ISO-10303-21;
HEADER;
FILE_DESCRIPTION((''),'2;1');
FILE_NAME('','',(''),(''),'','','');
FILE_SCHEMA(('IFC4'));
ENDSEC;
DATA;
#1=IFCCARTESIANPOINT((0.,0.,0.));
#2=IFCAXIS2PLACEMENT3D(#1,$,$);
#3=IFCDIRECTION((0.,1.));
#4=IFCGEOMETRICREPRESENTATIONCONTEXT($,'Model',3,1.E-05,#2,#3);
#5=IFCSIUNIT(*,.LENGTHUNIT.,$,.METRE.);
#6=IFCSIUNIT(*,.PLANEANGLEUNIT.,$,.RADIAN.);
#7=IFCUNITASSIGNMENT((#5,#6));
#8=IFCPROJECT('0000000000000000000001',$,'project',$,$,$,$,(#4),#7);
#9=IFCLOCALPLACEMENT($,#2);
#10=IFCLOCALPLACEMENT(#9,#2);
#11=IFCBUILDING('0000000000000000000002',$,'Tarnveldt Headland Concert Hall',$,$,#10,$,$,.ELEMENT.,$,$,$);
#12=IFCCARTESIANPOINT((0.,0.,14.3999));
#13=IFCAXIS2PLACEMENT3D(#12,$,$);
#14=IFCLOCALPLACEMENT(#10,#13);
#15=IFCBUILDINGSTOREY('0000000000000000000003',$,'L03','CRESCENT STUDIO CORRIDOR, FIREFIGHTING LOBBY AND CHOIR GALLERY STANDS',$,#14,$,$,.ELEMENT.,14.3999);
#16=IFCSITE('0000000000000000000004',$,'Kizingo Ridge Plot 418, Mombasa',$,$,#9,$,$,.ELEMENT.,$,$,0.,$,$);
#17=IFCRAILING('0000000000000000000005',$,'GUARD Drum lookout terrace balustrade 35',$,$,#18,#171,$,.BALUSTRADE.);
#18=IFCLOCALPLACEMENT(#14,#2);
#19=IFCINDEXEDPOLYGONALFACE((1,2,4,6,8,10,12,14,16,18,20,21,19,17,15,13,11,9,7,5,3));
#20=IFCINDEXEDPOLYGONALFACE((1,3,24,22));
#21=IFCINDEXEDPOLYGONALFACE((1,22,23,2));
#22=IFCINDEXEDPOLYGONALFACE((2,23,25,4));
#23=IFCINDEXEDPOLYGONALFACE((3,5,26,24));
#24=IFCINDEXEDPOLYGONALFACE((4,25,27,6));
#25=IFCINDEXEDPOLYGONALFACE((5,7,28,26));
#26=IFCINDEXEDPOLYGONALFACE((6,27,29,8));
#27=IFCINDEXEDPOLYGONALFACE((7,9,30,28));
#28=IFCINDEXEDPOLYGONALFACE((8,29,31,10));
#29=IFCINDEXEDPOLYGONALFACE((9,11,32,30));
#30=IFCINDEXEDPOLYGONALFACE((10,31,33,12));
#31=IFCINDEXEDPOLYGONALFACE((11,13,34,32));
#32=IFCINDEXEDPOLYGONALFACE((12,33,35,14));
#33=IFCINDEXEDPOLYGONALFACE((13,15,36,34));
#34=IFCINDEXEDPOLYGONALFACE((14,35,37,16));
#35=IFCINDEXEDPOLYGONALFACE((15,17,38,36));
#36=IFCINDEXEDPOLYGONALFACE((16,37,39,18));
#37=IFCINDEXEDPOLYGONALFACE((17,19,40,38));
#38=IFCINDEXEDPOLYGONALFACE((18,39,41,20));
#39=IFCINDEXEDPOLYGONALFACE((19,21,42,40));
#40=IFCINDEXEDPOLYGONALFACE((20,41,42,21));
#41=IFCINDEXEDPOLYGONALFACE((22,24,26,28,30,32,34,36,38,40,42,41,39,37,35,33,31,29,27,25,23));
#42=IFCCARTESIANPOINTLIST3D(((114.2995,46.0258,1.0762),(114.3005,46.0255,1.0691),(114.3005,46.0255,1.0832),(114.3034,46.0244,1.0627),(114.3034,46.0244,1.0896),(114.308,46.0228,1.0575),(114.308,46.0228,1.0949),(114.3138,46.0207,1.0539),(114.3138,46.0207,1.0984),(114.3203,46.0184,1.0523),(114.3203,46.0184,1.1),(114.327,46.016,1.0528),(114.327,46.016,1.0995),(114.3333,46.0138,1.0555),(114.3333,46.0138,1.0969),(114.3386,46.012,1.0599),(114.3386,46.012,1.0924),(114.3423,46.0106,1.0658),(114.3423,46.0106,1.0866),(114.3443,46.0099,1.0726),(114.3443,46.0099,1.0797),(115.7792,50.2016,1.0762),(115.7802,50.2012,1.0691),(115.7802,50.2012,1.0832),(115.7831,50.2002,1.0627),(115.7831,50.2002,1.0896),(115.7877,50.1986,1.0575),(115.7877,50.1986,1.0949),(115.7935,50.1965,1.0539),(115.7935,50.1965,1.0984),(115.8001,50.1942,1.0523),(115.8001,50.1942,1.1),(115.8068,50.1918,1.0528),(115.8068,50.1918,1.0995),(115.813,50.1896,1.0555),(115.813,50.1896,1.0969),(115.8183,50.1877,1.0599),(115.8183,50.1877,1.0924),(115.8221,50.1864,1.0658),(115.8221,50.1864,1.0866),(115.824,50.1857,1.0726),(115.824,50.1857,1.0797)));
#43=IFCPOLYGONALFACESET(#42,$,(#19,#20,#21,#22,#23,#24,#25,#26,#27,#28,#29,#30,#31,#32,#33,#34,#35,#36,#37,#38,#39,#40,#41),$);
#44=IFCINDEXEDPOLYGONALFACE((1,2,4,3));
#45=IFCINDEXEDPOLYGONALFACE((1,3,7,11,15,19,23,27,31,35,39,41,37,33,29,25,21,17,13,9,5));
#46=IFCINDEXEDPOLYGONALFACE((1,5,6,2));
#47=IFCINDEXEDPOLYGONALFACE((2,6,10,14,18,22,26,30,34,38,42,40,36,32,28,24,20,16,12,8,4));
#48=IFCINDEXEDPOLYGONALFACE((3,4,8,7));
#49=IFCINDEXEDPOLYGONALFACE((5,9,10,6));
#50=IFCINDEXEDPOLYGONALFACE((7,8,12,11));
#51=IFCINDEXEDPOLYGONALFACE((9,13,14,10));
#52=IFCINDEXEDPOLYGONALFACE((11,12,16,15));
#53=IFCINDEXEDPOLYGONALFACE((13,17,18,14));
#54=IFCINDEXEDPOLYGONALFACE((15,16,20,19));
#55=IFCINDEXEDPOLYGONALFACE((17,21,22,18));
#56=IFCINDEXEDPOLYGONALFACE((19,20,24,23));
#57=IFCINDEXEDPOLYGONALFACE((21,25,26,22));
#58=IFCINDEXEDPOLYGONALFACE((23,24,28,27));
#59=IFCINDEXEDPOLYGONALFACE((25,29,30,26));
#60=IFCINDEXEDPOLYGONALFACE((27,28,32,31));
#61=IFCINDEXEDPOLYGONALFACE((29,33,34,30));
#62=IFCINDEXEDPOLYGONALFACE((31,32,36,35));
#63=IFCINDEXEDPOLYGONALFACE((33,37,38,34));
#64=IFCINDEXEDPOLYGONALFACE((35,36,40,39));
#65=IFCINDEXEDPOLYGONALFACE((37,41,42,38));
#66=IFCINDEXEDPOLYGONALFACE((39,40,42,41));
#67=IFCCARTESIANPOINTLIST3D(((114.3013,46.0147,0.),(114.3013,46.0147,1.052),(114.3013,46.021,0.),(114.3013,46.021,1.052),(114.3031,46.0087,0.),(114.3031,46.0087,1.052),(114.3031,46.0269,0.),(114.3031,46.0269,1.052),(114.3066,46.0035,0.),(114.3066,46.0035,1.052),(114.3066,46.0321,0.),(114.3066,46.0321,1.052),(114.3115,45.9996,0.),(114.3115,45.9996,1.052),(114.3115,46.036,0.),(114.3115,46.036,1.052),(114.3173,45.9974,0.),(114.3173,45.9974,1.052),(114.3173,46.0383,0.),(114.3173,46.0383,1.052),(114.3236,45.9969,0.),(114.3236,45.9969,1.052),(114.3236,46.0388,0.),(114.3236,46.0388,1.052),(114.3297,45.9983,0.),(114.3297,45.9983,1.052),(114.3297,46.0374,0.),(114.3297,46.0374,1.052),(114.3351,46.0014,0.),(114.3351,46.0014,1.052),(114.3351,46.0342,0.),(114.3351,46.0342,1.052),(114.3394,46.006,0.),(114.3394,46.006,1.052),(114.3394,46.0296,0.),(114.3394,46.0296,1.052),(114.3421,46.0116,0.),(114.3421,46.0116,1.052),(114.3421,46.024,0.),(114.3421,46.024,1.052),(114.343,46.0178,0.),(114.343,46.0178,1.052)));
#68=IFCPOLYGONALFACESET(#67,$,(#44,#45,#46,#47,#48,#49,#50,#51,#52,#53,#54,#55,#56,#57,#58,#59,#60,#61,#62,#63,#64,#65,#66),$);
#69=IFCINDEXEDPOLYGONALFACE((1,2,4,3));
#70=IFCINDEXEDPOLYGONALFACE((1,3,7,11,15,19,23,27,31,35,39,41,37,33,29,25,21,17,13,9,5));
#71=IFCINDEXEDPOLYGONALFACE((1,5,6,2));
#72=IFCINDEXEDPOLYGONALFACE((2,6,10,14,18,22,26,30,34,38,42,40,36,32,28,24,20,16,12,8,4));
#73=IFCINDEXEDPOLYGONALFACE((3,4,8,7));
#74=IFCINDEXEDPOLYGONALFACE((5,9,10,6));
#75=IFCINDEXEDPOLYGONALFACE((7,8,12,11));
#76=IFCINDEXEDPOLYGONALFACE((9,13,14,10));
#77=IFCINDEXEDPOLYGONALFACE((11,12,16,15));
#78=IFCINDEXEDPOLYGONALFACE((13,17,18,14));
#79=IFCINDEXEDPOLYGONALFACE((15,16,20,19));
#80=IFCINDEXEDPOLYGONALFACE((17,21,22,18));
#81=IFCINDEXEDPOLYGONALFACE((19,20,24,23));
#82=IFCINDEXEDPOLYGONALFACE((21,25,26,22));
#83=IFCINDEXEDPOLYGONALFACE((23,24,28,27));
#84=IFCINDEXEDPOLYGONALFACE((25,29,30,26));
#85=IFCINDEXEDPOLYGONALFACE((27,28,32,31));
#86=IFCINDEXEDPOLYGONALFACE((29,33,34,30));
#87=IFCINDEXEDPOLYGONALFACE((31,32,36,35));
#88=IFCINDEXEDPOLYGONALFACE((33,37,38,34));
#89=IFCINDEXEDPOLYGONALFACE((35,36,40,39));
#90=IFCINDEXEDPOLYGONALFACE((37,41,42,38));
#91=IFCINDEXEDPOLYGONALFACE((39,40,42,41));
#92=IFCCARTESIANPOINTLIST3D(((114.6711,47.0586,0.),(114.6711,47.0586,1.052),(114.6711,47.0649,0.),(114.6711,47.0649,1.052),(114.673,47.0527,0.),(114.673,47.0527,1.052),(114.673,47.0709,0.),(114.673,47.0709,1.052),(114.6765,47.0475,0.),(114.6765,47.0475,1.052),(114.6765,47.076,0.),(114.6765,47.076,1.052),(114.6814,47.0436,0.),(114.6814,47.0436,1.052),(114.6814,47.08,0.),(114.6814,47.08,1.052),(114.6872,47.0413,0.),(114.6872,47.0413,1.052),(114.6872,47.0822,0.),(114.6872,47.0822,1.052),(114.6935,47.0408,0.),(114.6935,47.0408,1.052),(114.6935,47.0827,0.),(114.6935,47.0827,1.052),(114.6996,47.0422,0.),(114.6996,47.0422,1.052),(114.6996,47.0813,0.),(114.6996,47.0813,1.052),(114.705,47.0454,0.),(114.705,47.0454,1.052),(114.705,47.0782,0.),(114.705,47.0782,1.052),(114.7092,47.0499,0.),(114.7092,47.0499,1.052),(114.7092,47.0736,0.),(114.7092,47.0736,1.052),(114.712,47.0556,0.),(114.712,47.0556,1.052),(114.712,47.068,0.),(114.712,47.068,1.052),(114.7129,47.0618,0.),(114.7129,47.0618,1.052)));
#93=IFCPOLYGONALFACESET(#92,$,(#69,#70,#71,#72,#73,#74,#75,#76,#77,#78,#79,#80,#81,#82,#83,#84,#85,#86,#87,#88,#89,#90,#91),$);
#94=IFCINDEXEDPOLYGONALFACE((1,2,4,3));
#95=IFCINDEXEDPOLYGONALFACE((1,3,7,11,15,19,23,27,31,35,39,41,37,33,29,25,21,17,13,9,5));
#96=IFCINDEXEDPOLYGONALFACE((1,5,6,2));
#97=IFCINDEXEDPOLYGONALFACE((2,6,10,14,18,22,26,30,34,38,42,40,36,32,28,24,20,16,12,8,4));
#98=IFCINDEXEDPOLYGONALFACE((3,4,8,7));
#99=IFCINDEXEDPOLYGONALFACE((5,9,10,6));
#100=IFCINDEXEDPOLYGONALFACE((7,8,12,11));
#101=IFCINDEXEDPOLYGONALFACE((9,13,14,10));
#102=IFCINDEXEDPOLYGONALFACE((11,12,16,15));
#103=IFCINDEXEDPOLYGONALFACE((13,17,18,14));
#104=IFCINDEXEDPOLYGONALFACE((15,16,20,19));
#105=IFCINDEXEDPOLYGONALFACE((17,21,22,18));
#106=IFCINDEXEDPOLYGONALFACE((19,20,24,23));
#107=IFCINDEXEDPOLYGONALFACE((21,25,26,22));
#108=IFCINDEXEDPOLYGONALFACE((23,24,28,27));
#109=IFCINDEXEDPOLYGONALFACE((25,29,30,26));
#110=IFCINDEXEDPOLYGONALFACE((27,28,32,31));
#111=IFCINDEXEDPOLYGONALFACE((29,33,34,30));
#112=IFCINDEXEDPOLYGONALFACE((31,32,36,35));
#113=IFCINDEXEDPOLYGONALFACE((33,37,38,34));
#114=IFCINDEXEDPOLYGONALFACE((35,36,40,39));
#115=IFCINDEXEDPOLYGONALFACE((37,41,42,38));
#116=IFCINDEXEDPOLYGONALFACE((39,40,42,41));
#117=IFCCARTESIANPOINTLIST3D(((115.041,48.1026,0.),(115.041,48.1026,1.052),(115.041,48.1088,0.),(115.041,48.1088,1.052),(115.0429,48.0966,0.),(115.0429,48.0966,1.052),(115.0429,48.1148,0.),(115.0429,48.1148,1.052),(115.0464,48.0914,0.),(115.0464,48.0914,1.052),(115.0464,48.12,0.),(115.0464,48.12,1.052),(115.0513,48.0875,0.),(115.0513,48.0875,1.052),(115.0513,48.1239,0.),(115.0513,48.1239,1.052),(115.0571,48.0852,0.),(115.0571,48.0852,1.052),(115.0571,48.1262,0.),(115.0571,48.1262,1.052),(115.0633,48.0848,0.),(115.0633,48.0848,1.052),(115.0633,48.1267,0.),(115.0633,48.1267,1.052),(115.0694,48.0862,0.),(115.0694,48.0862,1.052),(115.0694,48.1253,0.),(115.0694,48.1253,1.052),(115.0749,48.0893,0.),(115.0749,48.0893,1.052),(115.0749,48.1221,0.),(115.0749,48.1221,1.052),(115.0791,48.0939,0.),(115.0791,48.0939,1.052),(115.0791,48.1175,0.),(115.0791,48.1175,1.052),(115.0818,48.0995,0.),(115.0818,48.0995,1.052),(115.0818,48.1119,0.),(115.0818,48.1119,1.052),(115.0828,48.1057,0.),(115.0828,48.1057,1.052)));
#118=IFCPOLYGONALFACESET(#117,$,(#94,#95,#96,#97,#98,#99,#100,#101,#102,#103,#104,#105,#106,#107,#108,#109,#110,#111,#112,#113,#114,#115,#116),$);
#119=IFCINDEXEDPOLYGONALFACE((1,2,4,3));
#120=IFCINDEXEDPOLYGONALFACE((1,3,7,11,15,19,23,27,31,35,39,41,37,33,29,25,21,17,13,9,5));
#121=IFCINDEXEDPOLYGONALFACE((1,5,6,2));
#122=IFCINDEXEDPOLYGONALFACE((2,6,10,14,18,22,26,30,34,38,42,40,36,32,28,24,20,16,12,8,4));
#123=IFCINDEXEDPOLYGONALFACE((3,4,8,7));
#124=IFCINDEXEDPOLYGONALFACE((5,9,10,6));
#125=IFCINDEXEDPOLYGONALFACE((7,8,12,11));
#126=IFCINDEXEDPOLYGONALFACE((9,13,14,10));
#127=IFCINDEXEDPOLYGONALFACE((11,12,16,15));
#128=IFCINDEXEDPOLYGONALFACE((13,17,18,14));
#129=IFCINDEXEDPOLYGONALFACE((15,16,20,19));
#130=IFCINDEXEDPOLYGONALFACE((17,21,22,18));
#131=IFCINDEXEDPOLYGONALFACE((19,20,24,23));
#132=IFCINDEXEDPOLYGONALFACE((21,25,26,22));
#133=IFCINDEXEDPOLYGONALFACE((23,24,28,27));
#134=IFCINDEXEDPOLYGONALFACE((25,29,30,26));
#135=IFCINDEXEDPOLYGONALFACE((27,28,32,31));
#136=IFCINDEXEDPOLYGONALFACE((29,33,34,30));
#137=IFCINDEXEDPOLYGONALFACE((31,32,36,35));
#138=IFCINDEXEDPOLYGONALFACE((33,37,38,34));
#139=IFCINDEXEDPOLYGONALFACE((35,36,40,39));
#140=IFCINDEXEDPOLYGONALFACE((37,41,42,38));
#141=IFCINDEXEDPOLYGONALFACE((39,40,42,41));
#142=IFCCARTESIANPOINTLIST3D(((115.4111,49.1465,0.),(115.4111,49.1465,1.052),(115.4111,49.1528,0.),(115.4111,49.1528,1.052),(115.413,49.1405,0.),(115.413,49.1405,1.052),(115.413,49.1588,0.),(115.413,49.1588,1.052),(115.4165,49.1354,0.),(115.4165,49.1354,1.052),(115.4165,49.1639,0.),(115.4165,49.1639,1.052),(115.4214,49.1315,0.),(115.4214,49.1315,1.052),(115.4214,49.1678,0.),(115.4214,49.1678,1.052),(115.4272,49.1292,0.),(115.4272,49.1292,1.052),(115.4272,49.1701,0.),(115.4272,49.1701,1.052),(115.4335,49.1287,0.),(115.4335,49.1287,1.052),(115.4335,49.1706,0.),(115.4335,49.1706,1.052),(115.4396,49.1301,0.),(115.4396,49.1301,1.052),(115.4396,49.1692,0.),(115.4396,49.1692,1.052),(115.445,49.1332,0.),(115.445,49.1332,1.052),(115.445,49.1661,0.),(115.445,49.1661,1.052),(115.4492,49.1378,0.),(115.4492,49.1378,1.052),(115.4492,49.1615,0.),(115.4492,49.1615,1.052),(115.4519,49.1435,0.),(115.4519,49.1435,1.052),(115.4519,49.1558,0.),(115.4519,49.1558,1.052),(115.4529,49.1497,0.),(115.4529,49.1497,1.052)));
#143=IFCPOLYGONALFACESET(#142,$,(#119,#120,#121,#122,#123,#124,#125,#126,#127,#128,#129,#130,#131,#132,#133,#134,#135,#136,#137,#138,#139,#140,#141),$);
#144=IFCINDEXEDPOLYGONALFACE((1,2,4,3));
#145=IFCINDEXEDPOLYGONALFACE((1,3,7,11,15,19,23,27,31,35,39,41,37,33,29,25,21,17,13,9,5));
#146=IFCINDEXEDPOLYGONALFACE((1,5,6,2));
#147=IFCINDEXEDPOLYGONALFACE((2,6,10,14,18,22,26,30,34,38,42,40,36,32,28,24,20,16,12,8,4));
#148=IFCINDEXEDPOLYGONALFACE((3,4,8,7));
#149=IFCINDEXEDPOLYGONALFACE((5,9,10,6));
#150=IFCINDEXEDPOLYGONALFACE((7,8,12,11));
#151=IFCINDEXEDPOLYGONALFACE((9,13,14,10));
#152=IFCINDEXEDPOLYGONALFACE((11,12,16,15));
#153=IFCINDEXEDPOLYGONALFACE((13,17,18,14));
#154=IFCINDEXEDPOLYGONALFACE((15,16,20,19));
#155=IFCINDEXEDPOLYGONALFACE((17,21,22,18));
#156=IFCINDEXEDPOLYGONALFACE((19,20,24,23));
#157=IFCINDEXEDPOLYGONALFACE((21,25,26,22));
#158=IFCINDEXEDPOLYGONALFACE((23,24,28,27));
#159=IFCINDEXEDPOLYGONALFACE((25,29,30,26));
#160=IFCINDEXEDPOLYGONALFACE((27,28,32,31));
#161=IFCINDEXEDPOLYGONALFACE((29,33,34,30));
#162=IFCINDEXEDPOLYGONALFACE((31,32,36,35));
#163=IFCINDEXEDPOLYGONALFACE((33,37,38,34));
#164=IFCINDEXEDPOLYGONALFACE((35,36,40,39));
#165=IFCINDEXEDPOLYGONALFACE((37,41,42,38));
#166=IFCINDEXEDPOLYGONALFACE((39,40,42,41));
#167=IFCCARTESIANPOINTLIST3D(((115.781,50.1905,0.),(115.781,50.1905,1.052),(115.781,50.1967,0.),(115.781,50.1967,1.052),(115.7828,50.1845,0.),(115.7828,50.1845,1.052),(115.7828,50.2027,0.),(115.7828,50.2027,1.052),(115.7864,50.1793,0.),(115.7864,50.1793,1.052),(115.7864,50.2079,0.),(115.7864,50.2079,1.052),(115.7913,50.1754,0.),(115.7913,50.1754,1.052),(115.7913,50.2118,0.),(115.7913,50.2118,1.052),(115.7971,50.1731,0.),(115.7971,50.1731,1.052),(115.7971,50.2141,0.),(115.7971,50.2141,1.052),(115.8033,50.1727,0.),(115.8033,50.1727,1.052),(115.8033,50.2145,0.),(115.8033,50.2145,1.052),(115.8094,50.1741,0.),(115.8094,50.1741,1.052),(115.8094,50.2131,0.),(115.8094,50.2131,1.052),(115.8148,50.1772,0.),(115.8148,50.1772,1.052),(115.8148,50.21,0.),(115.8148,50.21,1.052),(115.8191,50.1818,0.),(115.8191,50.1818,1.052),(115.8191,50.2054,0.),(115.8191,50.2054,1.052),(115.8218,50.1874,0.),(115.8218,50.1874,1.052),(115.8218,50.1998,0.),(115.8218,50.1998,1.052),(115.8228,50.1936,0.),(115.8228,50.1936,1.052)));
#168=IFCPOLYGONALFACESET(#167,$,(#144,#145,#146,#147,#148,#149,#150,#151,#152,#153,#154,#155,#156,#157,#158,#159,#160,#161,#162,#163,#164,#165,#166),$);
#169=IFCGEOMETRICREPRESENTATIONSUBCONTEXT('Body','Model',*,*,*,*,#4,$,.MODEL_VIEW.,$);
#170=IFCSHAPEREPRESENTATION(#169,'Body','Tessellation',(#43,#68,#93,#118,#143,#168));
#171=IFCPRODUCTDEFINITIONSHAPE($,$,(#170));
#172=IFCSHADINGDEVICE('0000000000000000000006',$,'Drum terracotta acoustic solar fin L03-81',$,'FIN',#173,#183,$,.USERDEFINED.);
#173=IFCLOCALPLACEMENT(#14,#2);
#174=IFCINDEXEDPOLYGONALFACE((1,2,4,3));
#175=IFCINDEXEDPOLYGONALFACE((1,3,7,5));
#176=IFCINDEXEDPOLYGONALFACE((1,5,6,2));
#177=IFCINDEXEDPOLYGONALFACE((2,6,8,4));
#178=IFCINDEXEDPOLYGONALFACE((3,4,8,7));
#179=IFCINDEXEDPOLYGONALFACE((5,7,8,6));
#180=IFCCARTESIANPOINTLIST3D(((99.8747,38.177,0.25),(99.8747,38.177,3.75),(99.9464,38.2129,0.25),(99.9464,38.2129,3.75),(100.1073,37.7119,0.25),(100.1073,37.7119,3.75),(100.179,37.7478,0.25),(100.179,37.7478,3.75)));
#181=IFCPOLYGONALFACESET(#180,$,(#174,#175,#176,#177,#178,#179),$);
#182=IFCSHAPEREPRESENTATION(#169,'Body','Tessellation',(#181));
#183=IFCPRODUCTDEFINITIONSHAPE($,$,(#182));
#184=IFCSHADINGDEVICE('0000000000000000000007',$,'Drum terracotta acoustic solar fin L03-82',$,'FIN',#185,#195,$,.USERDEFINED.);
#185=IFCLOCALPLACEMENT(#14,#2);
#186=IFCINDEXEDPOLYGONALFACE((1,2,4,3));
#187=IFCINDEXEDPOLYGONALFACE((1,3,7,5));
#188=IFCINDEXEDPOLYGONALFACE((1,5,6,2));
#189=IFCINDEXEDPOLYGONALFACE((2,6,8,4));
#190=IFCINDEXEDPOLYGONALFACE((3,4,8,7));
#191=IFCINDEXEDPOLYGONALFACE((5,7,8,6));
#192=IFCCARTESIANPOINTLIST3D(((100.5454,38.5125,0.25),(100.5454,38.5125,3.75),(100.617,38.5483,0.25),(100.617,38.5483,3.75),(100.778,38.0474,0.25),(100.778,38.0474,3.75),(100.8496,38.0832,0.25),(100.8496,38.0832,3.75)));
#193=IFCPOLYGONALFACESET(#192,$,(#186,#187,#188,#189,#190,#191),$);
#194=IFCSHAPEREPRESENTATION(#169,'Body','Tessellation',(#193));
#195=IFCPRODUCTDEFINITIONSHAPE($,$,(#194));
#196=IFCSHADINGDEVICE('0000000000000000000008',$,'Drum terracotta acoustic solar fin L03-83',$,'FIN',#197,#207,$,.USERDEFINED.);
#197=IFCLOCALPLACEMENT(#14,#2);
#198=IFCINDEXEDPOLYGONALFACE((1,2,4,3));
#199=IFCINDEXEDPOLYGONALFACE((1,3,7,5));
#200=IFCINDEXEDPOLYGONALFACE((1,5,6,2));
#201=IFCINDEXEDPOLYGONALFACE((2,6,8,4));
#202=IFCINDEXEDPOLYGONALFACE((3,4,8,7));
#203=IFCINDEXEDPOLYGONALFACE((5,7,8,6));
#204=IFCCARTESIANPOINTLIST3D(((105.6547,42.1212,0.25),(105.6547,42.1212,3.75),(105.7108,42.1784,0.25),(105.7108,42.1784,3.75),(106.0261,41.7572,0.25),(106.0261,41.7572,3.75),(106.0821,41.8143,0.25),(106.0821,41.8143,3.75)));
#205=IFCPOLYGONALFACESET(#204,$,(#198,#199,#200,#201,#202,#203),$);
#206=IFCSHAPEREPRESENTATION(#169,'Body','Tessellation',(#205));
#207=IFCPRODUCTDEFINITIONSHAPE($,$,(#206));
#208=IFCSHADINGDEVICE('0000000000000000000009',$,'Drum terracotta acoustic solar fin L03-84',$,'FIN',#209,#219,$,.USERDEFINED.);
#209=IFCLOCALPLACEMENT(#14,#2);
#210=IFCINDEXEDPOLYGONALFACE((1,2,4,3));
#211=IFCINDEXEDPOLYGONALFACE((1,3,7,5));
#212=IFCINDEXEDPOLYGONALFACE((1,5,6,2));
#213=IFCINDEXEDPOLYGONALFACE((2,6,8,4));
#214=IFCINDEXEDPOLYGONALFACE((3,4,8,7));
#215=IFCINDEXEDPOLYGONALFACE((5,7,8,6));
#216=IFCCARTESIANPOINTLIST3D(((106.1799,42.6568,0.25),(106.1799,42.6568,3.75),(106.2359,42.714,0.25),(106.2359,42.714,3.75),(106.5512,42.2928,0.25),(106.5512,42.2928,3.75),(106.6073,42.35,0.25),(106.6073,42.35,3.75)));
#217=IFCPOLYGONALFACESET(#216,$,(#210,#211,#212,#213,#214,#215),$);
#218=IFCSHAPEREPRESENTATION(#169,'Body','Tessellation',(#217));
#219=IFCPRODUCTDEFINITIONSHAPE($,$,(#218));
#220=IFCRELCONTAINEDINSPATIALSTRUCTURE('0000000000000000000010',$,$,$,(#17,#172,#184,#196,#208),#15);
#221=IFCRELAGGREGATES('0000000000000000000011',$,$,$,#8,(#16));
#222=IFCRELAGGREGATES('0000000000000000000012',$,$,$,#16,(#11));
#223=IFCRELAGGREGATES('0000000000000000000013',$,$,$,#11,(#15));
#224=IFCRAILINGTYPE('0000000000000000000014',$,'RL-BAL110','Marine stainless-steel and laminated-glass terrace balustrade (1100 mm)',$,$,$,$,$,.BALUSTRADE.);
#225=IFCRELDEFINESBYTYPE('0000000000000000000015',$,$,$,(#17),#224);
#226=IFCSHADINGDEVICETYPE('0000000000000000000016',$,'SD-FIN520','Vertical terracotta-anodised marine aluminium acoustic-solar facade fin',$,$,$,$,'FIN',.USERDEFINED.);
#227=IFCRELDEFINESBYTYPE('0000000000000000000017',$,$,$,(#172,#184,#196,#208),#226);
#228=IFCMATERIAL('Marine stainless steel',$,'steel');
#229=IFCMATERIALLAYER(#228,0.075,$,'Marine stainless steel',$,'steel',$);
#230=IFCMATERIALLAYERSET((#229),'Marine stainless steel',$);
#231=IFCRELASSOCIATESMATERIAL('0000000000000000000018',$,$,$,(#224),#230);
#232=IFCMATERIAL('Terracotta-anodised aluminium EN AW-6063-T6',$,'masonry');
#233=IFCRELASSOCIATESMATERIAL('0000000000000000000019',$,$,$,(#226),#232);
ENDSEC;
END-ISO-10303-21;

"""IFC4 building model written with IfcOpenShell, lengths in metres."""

from ifc_helpers import new_model, si_unit, direction, frame, origin, origin_2d, place, context, subcontext, project, spatial, rectangle, circle, extrude, material, layer, layer_set, type_object, element, save


model = new_model("IFC4")

# Units and contexts
model_context = context("Model", 3, precision=1e-05, world=origin(), true_north=direction((0.0, 1.0)))
body_context = subcontext(model_context, "Body", "Model", "MODEL_VIEW")
ifc_project = project(units=[si_unit("LENGTHUNIT", "METRE"), si_unit("PLANEANGLEUNIT", "RADIAN")], contexts=[model_context])

# Site, building, storey
site_placement = place(None, origin())
site = spatial("IfcSite", under=ifc_project, at=site_placement, Name="Kizingo Ridge Plot 418, Mombasa", CompositionType="ELEMENT", RefElevation=0.0)
building_placement = place(site_placement, origin())
building = spatial("IfcBuilding", under=site, at=building_placement, Name="Tarnveldt Headland Concert Hall", CompositionType="ELEMENT")
storey_placement = place(building_placement, frame((0.0, 0.0, 14.3999)))
storey = spatial("IfcBuildingStorey", under=building, at=storey_placement, Name="L03", Description="CRESCENT STUDIO CORRIDOR, FIREFIGHTING LOBBY AND CHOIR GALLERY STANDS", CompositionType="ELEMENT", Elevation=14.3999)

# Railing
ifc_material_1 = material(Name="Marine stainless steel", Category="steel")
ifc_layer_1 = layer(ifc_material_1, 0.075, Name="Marine stainless steel", Category="steel")
ifc_layer_set_1 = layer_set([ifc_layer_1], Name="Marine stainless steel")
railing_type = type_object("IfcRailingType", Name="RL-BAL110", Description="Marine stainless-steel and laminated-glass terrace balustrade (1100 mm)", PredefinedType="BALUSTRADE", material=ifc_layer_set_1)
railing_1_placement = place(storey_placement, frame((114.322, 46.0178, 0.0)))
element("IfcRailing", 1, at=railing_1_placement, inside=storey, type_object=railing_type, Name="GUARD Drum lookout terrace balustrade 35", PredefinedType="BALUSTRADE", context=body_context, shape_type="SweptSolid", body=[
    extrude(circle(Radius=0.0239, at=origin_2d()), frame((0.0, 0.0, 1.0762), z_axis=(0.33401, 0.942569, 0.0), x_axis=(-0.942569, 0.33401, 0.0)), (0.0, 0.0, 1.0), 4.4302),
    extrude(circle(Radius=0.021, at=origin_2d()), origin(), (0.0, 0.0, 1.0), 1.052),
    extrude(circle(Radius=0.021, at=origin_2d()), frame((0.3699, 1.0439, 0.0)), (0.0, 0.0, 1.0), 1.052),
    extrude(circle(Radius=0.021, at=origin_2d()), frame((0.7397, 2.0879, 0.0)), (0.0, 0.0, 1.0), 1.052),
    extrude(circle(Radius=0.021, at=origin_2d()), frame((1.1099, 3.1318, 0.0)), (0.0, 0.0, 1.0), 1.052),
    extrude(circle(Radius=0.021, at=origin_2d()), frame((1.4797, 4.1758, 0.0)), (0.0, 0.0, 1.0), 1.052),
])

# Shading devices
ifc_material_2 = material(Name="Terracotta-anodised aluminium EN AW-6063-T6", Category="masonry")
shading_device_type = type_object("IfcShadingDeviceType", Name="SD-FIN520", Description="Vertical terracotta-anodised marine aluminium acoustic-solar facade fin", ElementType="FIN", PredefinedType="USERDEFINED", material=ifc_material_2)
for number, where, z_axis, x_axis, name in (
    (2, (100.0269, 37.9624, 0.25), (0.0, 0.0, 1.0), (0.447291, -0.894389, 0.0), "Drum terracotta acoustic solar fin L03-81"),
    (3, (100.6975, 38.2979, 0.25), (0.0, 0.0, 1.0), (0.447291, -0.894389, 0.0), "Drum terracotta acoustic solar fin L03-82"),
    (4, (105.8684, 41.9678, 0.25), (0.0, 0.0, 1.0), (0.714106, -0.700037, 0.0), "Drum terracotta acoustic solar fin L03-83"),
    (5, (106.3936, 42.5034, 0.25), (0.0, 0.0, 1.0), (0.714106, -0.700037, 0.0), "Drum terracotta acoustic solar fin L03-84"),
):
    element("IfcShadingDevice", number, at=place(storey_placement, frame(where, z_axis=z_axis, x_axis=x_axis)), inside=storey, type_object=shading_device_type, Name=name, ObjectType="FIN", PredefinedType="USERDEFINED", context=body_context, shape_type="SweptSolid", body=[
        extrude(rectangle(XDim=0.52, YDim=0.0801, at=origin_2d()), origin(), (0.0, 0.0, 1.0), 3.5),
    ])

save(model, "model.ifc")
